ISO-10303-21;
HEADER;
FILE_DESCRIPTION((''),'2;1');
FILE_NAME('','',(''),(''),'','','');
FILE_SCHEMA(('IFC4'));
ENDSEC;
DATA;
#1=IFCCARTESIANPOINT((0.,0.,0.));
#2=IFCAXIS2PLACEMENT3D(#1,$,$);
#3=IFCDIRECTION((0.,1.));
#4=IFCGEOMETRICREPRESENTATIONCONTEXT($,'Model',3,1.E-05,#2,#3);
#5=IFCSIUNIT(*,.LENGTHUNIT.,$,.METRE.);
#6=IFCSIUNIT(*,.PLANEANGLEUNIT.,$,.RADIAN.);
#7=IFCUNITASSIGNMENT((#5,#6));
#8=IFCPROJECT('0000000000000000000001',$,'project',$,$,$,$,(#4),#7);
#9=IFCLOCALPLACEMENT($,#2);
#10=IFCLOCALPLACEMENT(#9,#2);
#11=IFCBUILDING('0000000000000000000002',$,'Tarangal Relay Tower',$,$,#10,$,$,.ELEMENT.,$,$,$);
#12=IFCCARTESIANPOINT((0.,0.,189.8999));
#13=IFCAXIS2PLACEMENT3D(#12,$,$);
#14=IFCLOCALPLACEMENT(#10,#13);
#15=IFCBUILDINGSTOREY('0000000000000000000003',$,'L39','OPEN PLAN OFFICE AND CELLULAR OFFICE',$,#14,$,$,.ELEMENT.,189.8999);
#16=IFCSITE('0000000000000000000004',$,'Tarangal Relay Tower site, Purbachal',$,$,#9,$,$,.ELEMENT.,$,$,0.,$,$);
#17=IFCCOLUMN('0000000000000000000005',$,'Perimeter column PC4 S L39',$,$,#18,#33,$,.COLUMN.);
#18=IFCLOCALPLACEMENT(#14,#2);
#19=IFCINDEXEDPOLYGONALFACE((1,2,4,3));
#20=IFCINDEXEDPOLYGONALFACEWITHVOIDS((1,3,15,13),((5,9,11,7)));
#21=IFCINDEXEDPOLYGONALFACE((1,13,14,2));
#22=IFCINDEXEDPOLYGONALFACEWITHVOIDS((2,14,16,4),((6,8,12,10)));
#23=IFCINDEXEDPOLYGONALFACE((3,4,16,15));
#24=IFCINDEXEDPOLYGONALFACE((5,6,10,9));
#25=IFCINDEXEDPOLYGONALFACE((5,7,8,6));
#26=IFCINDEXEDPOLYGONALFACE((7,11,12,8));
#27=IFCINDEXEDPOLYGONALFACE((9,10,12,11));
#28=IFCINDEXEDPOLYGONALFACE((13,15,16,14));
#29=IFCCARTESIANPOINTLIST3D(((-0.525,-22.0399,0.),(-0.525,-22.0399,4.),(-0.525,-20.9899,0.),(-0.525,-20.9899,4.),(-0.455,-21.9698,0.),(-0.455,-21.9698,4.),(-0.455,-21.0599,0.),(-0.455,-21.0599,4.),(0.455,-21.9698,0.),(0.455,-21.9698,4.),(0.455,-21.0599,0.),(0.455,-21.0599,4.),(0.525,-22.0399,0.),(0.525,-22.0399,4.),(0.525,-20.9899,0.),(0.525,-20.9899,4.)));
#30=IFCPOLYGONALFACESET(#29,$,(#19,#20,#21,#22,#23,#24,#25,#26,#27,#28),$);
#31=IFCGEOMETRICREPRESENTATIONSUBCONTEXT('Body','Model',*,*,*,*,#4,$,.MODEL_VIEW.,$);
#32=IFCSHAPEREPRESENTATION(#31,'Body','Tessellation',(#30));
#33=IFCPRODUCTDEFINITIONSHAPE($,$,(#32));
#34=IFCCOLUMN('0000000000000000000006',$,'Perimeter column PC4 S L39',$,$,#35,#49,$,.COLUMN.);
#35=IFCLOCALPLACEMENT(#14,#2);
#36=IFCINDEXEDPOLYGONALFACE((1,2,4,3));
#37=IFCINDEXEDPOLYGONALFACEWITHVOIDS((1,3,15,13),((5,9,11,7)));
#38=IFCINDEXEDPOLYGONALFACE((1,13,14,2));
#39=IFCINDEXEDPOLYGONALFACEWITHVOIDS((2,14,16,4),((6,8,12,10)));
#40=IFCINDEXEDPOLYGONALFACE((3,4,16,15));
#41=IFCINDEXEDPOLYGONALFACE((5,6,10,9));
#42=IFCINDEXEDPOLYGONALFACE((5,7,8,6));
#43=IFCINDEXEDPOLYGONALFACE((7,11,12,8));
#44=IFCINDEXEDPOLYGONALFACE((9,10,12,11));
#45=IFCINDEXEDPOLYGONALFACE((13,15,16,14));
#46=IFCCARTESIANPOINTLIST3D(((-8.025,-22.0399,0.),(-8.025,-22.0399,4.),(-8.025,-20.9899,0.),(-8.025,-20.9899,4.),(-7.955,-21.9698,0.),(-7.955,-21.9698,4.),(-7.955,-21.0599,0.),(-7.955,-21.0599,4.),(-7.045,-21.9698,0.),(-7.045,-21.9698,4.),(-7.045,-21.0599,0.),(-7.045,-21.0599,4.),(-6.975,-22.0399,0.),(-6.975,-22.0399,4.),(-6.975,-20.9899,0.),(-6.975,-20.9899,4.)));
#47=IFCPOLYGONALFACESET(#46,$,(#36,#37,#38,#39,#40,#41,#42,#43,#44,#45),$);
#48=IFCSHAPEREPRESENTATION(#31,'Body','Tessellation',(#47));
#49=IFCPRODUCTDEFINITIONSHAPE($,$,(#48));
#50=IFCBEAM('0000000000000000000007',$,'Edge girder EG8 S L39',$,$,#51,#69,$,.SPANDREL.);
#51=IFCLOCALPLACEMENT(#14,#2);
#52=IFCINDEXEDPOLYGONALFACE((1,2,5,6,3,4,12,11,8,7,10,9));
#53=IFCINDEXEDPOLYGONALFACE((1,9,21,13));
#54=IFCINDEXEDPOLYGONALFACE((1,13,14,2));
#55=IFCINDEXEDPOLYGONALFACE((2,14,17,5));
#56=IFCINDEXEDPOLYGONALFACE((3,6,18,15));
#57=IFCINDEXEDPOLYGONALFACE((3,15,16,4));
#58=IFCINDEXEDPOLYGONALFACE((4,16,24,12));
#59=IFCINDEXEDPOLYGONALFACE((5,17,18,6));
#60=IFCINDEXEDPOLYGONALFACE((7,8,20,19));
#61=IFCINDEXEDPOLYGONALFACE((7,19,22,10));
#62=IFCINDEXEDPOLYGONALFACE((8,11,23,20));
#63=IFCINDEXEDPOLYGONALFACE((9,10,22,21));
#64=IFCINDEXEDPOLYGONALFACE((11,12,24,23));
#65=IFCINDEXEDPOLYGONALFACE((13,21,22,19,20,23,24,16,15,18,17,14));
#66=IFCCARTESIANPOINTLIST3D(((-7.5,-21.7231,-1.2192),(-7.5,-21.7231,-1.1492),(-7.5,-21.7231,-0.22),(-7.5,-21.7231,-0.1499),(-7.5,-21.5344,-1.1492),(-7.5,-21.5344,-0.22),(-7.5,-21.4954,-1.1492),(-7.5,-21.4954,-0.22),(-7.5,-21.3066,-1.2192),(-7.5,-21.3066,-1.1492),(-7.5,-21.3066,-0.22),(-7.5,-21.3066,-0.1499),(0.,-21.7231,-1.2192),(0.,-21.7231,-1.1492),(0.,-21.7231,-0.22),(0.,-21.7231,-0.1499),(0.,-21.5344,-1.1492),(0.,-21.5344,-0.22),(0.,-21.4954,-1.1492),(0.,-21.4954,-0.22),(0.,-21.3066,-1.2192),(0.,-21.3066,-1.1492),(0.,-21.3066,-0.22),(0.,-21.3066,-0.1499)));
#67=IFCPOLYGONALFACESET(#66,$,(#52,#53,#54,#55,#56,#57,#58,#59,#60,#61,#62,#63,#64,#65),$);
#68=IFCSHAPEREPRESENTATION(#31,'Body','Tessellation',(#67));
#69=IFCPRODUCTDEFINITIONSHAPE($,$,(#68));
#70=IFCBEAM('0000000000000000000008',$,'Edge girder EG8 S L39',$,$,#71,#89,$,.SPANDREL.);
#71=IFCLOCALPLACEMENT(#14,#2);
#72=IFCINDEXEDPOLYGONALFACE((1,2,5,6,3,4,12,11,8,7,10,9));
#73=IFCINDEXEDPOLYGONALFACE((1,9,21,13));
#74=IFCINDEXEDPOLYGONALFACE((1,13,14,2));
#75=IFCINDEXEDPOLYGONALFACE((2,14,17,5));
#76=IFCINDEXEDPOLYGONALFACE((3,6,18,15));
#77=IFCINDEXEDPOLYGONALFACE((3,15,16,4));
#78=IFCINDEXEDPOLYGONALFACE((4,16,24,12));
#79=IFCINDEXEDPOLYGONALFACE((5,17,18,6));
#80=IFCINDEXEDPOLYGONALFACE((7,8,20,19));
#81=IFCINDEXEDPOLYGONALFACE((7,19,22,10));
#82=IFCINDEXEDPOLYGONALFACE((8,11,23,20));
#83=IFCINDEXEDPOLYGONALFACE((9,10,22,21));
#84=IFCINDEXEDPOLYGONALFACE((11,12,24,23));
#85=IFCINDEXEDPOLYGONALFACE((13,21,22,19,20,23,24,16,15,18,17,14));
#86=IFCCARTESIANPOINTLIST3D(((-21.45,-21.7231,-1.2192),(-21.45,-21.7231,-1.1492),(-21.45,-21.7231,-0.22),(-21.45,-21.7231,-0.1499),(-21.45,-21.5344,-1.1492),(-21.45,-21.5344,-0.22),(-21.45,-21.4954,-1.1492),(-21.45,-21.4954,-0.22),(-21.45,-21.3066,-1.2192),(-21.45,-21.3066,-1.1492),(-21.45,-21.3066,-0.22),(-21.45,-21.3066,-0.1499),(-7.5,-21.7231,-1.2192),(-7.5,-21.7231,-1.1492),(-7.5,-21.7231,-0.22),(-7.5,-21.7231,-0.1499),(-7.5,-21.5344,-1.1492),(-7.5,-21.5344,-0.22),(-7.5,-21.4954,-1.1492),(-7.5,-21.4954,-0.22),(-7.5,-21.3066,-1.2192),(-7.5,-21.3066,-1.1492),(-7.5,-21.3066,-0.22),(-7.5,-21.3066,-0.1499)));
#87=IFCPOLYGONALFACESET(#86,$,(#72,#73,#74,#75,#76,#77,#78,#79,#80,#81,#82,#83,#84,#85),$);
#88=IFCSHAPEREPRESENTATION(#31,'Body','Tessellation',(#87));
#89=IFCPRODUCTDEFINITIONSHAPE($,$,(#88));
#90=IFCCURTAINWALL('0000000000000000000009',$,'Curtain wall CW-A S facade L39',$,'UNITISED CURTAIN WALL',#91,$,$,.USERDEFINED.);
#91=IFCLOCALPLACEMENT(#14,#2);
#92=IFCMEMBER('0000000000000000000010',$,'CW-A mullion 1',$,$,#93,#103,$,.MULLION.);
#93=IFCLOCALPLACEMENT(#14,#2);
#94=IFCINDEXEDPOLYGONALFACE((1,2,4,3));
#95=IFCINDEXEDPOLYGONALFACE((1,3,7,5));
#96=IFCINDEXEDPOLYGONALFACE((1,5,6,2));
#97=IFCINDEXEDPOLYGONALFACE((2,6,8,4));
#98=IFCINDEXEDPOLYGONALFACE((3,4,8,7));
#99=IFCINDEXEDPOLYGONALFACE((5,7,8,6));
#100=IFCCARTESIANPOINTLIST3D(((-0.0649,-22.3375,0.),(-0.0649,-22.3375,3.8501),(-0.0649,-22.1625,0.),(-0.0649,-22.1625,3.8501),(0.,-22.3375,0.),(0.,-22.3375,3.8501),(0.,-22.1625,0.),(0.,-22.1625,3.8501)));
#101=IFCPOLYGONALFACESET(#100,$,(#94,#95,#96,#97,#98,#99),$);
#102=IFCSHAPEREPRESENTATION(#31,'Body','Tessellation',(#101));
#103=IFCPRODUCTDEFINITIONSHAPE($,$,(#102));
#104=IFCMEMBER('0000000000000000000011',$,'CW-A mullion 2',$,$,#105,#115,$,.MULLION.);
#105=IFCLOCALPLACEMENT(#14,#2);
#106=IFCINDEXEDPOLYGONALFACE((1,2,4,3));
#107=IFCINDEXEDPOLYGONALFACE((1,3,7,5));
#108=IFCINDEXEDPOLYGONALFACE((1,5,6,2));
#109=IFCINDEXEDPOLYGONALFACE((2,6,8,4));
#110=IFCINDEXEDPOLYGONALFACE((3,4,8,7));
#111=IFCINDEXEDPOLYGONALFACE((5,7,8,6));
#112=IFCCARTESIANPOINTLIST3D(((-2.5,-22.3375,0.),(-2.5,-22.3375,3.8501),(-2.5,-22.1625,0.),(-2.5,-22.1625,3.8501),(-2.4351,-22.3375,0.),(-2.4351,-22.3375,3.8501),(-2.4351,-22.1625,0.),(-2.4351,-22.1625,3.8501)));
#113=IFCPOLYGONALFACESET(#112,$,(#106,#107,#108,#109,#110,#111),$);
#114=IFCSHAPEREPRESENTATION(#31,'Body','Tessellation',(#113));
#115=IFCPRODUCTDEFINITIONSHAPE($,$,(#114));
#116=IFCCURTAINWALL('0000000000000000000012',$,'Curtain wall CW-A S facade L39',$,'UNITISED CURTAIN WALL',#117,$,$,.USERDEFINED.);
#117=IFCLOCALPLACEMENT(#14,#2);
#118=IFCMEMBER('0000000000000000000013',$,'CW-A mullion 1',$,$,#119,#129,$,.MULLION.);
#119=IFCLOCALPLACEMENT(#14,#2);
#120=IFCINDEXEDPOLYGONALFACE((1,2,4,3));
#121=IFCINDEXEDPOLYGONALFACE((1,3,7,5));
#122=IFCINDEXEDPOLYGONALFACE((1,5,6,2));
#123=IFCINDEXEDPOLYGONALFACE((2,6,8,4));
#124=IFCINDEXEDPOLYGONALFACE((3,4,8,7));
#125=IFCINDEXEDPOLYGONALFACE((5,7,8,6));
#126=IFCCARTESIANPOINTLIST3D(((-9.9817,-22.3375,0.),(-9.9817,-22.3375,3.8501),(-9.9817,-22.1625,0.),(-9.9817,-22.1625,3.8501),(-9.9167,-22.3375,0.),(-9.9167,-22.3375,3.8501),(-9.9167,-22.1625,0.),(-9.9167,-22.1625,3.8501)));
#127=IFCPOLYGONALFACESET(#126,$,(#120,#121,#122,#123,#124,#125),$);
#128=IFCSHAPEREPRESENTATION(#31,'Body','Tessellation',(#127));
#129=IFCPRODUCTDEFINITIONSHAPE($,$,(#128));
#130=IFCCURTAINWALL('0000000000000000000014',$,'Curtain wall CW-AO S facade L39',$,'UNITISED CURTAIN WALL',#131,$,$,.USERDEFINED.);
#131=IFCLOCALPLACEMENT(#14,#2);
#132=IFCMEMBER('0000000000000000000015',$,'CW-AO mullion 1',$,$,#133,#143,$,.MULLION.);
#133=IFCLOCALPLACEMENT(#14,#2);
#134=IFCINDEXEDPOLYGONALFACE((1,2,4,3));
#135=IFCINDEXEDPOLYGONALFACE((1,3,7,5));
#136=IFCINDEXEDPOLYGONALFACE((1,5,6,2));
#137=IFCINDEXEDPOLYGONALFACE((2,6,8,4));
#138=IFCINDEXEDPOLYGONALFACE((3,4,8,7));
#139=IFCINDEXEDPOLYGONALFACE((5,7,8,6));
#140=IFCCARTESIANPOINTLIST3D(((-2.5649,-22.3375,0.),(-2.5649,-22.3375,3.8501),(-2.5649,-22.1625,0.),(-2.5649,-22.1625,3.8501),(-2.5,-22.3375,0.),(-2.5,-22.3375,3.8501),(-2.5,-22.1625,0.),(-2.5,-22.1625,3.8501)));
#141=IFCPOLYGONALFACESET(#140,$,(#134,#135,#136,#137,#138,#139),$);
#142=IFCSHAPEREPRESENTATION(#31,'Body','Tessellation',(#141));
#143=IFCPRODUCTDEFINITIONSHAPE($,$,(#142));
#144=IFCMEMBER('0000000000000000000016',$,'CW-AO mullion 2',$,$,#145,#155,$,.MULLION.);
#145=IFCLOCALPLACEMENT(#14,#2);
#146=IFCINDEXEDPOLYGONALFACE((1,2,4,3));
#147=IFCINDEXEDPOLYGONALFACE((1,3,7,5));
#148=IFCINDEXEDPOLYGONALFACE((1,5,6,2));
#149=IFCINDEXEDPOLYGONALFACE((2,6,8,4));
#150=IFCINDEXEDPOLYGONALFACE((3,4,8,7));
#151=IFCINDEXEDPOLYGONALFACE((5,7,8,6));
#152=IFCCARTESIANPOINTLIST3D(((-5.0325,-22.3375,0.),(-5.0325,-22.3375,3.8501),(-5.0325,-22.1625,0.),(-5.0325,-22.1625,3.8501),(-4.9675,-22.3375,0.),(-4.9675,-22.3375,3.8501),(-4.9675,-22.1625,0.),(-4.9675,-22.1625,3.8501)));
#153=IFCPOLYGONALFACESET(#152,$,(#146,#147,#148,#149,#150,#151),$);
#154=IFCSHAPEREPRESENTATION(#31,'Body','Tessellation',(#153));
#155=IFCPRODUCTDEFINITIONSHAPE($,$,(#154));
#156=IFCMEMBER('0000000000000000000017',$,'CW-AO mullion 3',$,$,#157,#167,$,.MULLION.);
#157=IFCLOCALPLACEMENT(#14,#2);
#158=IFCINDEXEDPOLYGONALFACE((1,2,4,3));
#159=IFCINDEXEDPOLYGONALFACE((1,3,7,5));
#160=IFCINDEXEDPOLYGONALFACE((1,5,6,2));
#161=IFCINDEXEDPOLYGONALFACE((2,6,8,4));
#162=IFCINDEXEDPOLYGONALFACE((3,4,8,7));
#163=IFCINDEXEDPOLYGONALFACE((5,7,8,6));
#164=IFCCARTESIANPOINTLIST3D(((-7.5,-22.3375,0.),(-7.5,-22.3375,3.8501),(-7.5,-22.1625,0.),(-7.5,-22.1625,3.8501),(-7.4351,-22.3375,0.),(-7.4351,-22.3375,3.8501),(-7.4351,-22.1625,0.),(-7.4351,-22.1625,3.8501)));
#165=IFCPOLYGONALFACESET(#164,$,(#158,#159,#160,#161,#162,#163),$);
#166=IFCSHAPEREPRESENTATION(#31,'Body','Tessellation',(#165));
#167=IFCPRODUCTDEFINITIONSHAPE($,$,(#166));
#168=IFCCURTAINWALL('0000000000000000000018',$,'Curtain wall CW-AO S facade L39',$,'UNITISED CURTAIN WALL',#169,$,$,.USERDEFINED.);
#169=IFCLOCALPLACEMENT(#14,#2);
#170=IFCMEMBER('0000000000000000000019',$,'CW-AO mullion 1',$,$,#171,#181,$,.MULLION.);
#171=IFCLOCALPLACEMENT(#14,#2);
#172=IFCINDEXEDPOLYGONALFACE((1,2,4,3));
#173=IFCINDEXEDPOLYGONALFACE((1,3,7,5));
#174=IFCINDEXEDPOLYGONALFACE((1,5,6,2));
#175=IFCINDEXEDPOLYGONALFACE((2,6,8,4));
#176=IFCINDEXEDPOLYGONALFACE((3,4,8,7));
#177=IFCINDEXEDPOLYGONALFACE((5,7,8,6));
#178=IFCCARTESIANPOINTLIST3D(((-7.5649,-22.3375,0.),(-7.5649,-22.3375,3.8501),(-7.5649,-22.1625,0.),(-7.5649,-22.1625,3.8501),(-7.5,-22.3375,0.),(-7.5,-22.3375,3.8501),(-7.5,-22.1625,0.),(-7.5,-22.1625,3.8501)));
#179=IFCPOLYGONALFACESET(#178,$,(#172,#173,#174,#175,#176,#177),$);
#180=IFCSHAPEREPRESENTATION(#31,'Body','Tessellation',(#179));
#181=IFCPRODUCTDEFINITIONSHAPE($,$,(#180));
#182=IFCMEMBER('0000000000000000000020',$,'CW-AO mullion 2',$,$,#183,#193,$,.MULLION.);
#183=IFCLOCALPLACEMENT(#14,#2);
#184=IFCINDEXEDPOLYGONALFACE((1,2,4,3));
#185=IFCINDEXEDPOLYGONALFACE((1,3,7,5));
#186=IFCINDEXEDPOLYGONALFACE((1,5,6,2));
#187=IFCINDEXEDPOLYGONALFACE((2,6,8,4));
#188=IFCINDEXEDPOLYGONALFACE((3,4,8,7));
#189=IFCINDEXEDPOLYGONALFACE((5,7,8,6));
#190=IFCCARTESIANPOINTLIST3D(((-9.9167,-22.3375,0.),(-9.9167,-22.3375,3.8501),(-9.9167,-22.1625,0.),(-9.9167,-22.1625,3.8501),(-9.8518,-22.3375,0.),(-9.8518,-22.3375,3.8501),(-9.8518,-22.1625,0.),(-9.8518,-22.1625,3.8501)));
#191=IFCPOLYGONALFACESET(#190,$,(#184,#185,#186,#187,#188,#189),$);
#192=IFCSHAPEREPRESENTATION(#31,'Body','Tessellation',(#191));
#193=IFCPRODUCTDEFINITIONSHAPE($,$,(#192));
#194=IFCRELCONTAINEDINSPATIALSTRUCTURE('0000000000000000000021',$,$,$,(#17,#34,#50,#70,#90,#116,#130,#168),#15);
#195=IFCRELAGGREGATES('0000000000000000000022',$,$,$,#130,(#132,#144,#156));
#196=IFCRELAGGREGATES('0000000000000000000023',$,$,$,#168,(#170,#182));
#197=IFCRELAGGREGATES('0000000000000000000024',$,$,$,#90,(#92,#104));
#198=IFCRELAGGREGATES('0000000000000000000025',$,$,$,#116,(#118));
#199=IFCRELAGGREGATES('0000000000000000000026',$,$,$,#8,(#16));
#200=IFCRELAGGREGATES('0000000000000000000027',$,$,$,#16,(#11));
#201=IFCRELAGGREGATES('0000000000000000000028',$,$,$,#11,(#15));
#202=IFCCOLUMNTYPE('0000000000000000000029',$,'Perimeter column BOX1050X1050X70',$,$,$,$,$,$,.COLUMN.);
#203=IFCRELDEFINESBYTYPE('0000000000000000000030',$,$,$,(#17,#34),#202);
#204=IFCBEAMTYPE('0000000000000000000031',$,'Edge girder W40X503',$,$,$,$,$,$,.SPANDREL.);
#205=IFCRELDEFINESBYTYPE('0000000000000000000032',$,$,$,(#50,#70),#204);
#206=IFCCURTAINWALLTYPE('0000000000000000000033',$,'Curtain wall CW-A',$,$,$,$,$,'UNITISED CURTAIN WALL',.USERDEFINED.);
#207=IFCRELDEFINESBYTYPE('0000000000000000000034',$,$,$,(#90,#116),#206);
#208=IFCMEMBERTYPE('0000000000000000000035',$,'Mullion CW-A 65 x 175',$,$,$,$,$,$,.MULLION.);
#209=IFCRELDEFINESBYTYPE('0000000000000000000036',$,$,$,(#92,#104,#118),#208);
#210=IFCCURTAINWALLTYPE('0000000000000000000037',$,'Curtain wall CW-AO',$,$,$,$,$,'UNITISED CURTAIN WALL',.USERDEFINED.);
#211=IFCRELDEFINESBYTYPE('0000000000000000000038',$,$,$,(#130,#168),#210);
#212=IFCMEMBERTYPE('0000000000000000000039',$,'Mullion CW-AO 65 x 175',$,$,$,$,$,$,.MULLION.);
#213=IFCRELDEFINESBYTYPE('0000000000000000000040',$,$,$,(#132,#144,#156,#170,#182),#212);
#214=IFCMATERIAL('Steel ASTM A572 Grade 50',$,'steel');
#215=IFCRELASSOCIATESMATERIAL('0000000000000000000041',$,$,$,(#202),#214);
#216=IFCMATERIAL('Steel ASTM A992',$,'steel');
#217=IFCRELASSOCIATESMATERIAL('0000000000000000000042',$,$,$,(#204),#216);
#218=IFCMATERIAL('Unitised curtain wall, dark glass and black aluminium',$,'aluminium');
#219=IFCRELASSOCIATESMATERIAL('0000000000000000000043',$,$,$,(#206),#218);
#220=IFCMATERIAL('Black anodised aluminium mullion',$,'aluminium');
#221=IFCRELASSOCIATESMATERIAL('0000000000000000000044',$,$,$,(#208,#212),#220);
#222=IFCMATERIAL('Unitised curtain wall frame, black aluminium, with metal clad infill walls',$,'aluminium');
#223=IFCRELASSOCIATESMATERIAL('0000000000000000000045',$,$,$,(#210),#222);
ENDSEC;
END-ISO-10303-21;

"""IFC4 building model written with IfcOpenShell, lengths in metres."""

from ifc_helpers import new_model, si_unit, direction, frame, origin, origin_2d, place, context, subcontext, project, spatial, rectangle, hollow_rectangle, i_section, extrude, material, material_profile, profile_set, type_object, element, aggregate, save


model = new_model("IFC4")

# Units and contexts
model_context = context("Model", 3, precision=1e-05, world=origin(), true_north=direction((0.0, 1.0)))
body_context = subcontext(model_context, "Body", "Model", "MODEL_VIEW")
ifc_project = project(units=[si_unit("LENGTHUNIT", "METRE"), si_unit("PLANEANGLEUNIT", "RADIAN")], contexts=[model_context])

# Site, building, storey
site_placement = place(None, origin())
site = spatial("IfcSite", under=ifc_project, at=site_placement, Name="Tarangal Relay Tower site, Purbachal", CompositionType="ELEMENT", RefElevation=0.0)
building_placement = place(site_placement, origin())
building = spatial("IfcBuilding", under=site, at=building_placement, Name="Tarangal Relay Tower", CompositionType="ELEMENT")
storey_placement = place(building_placement, frame((0.0, 0.0, 189.8999)))
storey = spatial("IfcBuildingStorey", under=building, at=storey_placement, Name="L39", Description="OPEN PLAN OFFICE AND CELLULAR OFFICE", CompositionType="ELEMENT", Elevation=189.8999)

# Columns
ifc_material_1 = material(Name="Steel ASTM A572 Grade 50", Category="steel")
ifc_material_profile_1 = material_profile(ifc_material_1, hollow_rectangle(XDim=1.05, YDim=1.05, WallThickness=0.0701, at=origin_2d()), Name="BOX1050X1050X70")
ifc_profile_set_1 = profile_set([ifc_material_profile_1], Name="Steel ASTM A572 Grade 50")
column_type = type_object("IfcColumnType", Name="Perimeter column BOX1050X1050X70", PredefinedType="COLUMN", material=ifc_profile_set_1)
for number, where, z_axis, x_axis, name in (
    (1, (0.0, -21.5149, 0.0), (0.0, 0.0, 1.0), (1.0, 0.0, 0.0), "Perimeter column PC4 S L39"),
    (2, (-7.5, -21.5149, 0.0), (0.0, 0.0, 1.0), (1.0, 0.0, 0.0), "Perimeter column PC4 S L39"),
):
    element("IfcColumn", number, at=place(storey_placement, frame(where, z_axis=z_axis, x_axis=x_axis)), inside=storey, type_object=column_type, Name=name, PredefinedType="COLUMN", context=body_context, shape_type="SweptSolid", body=[
        extrude(hollow_rectangle(XDim=1.05, YDim=1.05, WallThickness=0.0701, at=origin_2d()), origin(), (0.0, 0.0, 1.0), 4.0),
    ])

# Beams
ifc_material_2 = material(Name="Steel ASTM A992", Category="steel")
ifc_material_profile_2 = material_profile(ifc_material_2, i_section(OverallWidth=0.4165, OverallDepth=1.0693, WebThickness=0.0391, FlangeThickness=0.0701, at=origin_2d()), Name="W40X503")
ifc_profile_set_2 = profile_set([ifc_material_profile_2], Name="Steel ASTM A992")
beam_type = type_object("IfcBeamType", Name="Edge girder W40X503", PredefinedType="SPANDREL", material=ifc_profile_set_2)
beam_1_placement = place(storey_placement, frame((0.0, -21.5149, -0.6846), z_axis=(-1.0, 0.0, 0.0), x_axis=(0.0, -1.0, 0.0)))
element("IfcBeam", 3, at=beam_1_placement, inside=storey, type_object=beam_type, Name="Edge girder EG8 S L39", PredefinedType="SPANDREL", context=body_context, shape_type="SweptSolid", body=[
    extrude(i_section(OverallWidth=0.4165, OverallDepth=1.0693, WebThickness=0.0391, FlangeThickness=0.0701, at=origin_2d()), origin(), (0.0, 0.0, 1.0), 7.5),
])
beam_2_placement = place(storey_placement, frame((-7.5, -21.5149, -0.6846), z_axis=(-1.0, 0.0, 0.0), x_axis=(0.0, -1.0, 0.0)))
element("IfcBeam", 4, at=beam_2_placement, inside=storey, type_object=beam_type, Name="Edge girder EG8 S L39", PredefinedType="SPANDREL", context=body_context, shape_type="SweptSolid", body=[
    extrude(i_section(OverallWidth=0.4165, OverallDepth=1.0693, WebThickness=0.0391, FlangeThickness=0.0701, at=origin_2d()), origin(), (0.0, 0.0, 1.0), 13.95),
])

# Curtain wall, members
ifc_material_3 = material(Name="Unitised curtain wall, dark glass and black aluminium", Category="aluminium")
curtain_wall_type_1 = type_object("IfcCurtainWallType", Name="Curtain wall CW-A", ElementType="UNITISED CURTAIN WALL", PredefinedType="USERDEFINED", material=ifc_material_3)
curtain_wall_1_placement = place(storey_placement, origin())
curtain_wall_1 = element("IfcCurtainWall", 5, at=curtain_wall_1_placement, inside=storey, type_object=curtain_wall_type_1, Name="Curtain wall CW-A S facade L39", ObjectType="UNITISED CURTAIN WALL", PredefinedType="USERDEFINED")
ifc_material_4 = material(Name="Black anodised aluminium mullion", Category="aluminium")
ifc_material_profile_3 = material_profile(ifc_material_4, rectangle(XDim=0.175, YDim=0.0649, at=origin_2d()), Name="CW-AM 65X175")
ifc_profile_set_3 = profile_set([ifc_material_profile_3], Name="Black anodised aluminium mullion")
member_type_1 = type_object("IfcMemberType", Name="Mullion CW-A 65 x 175", PredefinedType="MULLION", material=ifc_profile_set_3)
member_1_placement = place(storey_placement, frame((-0.0325, -22.25, 0.0), z_axis=(0.0, 0.0, 1.0), x_axis=(0.0, -1.0, 0.0)))
member_1 = element("IfcMember", 6, at=member_1_placement, type_object=member_type_1, Name="CW-A mullion 1", PredefinedType="MULLION", context=body_context, shape_type="SweptSolid", body=[
    extrude(rectangle(XDim=0.175, YDim=0.0649, at=origin_2d()), origin(), (0.0, 0.0, 1.0), 3.8501),
])
member_2_placement = place(storey_placement, frame((-2.4675, -22.25, 0.0), z_axis=(0.0, 0.0, 1.0), x_axis=(0.0, -1.0, 0.0)))
member_2 = element("IfcMember", 7, at=member_2_placement, type_object=member_type_1, Name="CW-A mullion 2", PredefinedType="MULLION", context=body_context, shape_type="SweptSolid", body=[
    extrude(rectangle(XDim=0.175, YDim=0.0649, at=origin_2d()), origin(), (0.0, 0.0, 1.0), 3.8501),
])

# Curtain wall, member
curtain_wall_2_placement = place(storey_placement, origin())
curtain_wall_2 = element("IfcCurtainWall", 8, at=curtain_wall_2_placement, inside=storey, type_object=curtain_wall_type_1, Name="Curtain wall CW-A S facade L39", ObjectType="UNITISED CURTAIN WALL", PredefinedType="USERDEFINED")
member_3_placement = place(storey_placement, frame((-9.9492, -22.25, 0.0), z_axis=(0.0, 0.0, 1.0), x_axis=(0.0, -1.0, 0.0)))
member_3 = element("IfcMember", 9, at=member_3_placement, type_object=member_type_1, Name="CW-A mullion 1", PredefinedType="MULLION", context=body_context, shape_type="SweptSolid", body=[
    extrude(rectangle(XDim=0.175, YDim=0.0649, at=origin_2d()), origin(), (0.0, 0.0, 1.0), 3.8501),
])

# Curtain walls, members
ifc_material_5 = material(Name="Unitised curtain wall frame, black aluminium, with metal clad infill walls", Category="aluminium")
curtain_wall_type_2 = type_object("IfcCurtainWallType", Name="Curtain wall CW-AO", ElementType="UNITISED CURTAIN WALL", PredefinedType="USERDEFINED", material=ifc_material_5)
curtain_wall_3_placement = place(storey_placement, origin())
curtain_wall_3 = element("IfcCurtainWall", 10, at=curtain_wall_3_placement, inside=storey, type_object=curtain_wall_type_2, Name="Curtain wall CW-AO S facade L39", ObjectType="UNITISED CURTAIN WALL", PredefinedType="USERDEFINED")
ifc_material_profile_4 = material_profile(ifc_material_4, rectangle(XDim=0.175, YDim=0.0649, at=origin_2d()), Name="CW-AOM 65X175")
ifc_profile_set_4 = profile_set([ifc_material_profile_4], Name="Black anodised aluminium mullion")
member_type_2 = type_object("IfcMemberType", Name="Mullion CW-AO 65 x 175", PredefinedType="MULLION", material=ifc_profile_set_4)
member_4_placement = place(storey_placement, frame((-2.5325, -22.25, 0.0), z_axis=(0.0, 0.0, 1.0), x_axis=(0.0, -1.0, 0.0)))
member_4 = element("IfcMember", 11, at=member_4_placement, type_object=member_type_2, Name="CW-AO mullion 1", PredefinedType="MULLION", context=body_context, shape_type="SweptSolid", body=[
    extrude(rectangle(XDim=0.175, YDim=0.0649, at=origin_2d()), origin(), (0.0, 0.0, 1.0), 3.8501),
])
member_5_placement = place(storey_placement, frame((-5.0, -22.25, 0.0), z_axis=(0.0, 0.0, 1.0), x_axis=(0.0, -1.0, 0.0)))
member_5 = element("IfcMember", 12, at=member_5_placement, type_object=member_type_2, Name="CW-AO mullion 2", PredefinedType="MULLION", context=body_context, shape_type="SweptSolid", body=[
    extrude(rectangle(XDim=0.175, YDim=0.0649, at=origin_2d()), origin(), (0.0, 0.0, 1.0), 3.8501),
])
member_6_placement = place(storey_placement, frame((-7.4675, -22.25, 0.0), z_axis=(0.0, 0.0, 1.0), x_axis=(0.0, -1.0, 0.0)))
member_6 = element("IfcMember", 13, at=member_6_placement, type_object=member_type_2, Name="CW-AO mullion 3", PredefinedType="MULLION", context=body_context, shape_type="SweptSolid", body=[
    extrude(rectangle(XDim=0.175, YDim=0.0649, at=origin_2d()), origin(), (0.0, 0.0, 1.0), 3.8501),
])
curtain_wall_4_placement = place(storey_placement, origin())
curtain_wall_4 = element("IfcCurtainWall", 14, at=curtain_wall_4_placement, inside=storey, type_object=curtain_wall_type_2, Name="Curtain wall CW-AO S facade L39", ObjectType="UNITISED CURTAIN WALL", PredefinedType="USERDEFINED")
member_7_placement = place(storey_placement, frame((-7.5325, -22.25, 0.0), z_axis=(0.0, 0.0, 1.0), x_axis=(0.0, -1.0, 0.0)))
member_7 = element("IfcMember", 15, at=member_7_placement, type_object=member_type_2, Name="CW-AO mullion 1", PredefinedType="MULLION", context=body_context, shape_type="SweptSolid", body=[
    extrude(rectangle(XDim=0.175, YDim=0.0649, at=origin_2d()), origin(), (0.0, 0.0, 1.0), 3.8501),
])
member_8_placement = place(storey_placement, frame((-9.8843, -22.25, 0.0), z_axis=(0.0, 0.0, 1.0), x_axis=(0.0, -1.0, 0.0)))
member_8 = element("IfcMember", 16, at=member_8_placement, type_object=member_type_2, Name="CW-AO mullion 2", PredefinedType="MULLION", context=body_context, shape_type="SweptSolid", body=[
    extrude(rectangle(XDim=0.175, YDim=0.0649, at=origin_2d()), origin(), (0.0, 0.0, 1.0), 3.8501),
])

aggregate(curtain_wall_3, [member_4, member_5, member_6])
aggregate(curtain_wall_4, [member_7, member_8])

aggregate(curtain_wall_1, [member_1, member_2])
aggregate(curtain_wall_2, [member_3])

save(model, "model.ifc")
